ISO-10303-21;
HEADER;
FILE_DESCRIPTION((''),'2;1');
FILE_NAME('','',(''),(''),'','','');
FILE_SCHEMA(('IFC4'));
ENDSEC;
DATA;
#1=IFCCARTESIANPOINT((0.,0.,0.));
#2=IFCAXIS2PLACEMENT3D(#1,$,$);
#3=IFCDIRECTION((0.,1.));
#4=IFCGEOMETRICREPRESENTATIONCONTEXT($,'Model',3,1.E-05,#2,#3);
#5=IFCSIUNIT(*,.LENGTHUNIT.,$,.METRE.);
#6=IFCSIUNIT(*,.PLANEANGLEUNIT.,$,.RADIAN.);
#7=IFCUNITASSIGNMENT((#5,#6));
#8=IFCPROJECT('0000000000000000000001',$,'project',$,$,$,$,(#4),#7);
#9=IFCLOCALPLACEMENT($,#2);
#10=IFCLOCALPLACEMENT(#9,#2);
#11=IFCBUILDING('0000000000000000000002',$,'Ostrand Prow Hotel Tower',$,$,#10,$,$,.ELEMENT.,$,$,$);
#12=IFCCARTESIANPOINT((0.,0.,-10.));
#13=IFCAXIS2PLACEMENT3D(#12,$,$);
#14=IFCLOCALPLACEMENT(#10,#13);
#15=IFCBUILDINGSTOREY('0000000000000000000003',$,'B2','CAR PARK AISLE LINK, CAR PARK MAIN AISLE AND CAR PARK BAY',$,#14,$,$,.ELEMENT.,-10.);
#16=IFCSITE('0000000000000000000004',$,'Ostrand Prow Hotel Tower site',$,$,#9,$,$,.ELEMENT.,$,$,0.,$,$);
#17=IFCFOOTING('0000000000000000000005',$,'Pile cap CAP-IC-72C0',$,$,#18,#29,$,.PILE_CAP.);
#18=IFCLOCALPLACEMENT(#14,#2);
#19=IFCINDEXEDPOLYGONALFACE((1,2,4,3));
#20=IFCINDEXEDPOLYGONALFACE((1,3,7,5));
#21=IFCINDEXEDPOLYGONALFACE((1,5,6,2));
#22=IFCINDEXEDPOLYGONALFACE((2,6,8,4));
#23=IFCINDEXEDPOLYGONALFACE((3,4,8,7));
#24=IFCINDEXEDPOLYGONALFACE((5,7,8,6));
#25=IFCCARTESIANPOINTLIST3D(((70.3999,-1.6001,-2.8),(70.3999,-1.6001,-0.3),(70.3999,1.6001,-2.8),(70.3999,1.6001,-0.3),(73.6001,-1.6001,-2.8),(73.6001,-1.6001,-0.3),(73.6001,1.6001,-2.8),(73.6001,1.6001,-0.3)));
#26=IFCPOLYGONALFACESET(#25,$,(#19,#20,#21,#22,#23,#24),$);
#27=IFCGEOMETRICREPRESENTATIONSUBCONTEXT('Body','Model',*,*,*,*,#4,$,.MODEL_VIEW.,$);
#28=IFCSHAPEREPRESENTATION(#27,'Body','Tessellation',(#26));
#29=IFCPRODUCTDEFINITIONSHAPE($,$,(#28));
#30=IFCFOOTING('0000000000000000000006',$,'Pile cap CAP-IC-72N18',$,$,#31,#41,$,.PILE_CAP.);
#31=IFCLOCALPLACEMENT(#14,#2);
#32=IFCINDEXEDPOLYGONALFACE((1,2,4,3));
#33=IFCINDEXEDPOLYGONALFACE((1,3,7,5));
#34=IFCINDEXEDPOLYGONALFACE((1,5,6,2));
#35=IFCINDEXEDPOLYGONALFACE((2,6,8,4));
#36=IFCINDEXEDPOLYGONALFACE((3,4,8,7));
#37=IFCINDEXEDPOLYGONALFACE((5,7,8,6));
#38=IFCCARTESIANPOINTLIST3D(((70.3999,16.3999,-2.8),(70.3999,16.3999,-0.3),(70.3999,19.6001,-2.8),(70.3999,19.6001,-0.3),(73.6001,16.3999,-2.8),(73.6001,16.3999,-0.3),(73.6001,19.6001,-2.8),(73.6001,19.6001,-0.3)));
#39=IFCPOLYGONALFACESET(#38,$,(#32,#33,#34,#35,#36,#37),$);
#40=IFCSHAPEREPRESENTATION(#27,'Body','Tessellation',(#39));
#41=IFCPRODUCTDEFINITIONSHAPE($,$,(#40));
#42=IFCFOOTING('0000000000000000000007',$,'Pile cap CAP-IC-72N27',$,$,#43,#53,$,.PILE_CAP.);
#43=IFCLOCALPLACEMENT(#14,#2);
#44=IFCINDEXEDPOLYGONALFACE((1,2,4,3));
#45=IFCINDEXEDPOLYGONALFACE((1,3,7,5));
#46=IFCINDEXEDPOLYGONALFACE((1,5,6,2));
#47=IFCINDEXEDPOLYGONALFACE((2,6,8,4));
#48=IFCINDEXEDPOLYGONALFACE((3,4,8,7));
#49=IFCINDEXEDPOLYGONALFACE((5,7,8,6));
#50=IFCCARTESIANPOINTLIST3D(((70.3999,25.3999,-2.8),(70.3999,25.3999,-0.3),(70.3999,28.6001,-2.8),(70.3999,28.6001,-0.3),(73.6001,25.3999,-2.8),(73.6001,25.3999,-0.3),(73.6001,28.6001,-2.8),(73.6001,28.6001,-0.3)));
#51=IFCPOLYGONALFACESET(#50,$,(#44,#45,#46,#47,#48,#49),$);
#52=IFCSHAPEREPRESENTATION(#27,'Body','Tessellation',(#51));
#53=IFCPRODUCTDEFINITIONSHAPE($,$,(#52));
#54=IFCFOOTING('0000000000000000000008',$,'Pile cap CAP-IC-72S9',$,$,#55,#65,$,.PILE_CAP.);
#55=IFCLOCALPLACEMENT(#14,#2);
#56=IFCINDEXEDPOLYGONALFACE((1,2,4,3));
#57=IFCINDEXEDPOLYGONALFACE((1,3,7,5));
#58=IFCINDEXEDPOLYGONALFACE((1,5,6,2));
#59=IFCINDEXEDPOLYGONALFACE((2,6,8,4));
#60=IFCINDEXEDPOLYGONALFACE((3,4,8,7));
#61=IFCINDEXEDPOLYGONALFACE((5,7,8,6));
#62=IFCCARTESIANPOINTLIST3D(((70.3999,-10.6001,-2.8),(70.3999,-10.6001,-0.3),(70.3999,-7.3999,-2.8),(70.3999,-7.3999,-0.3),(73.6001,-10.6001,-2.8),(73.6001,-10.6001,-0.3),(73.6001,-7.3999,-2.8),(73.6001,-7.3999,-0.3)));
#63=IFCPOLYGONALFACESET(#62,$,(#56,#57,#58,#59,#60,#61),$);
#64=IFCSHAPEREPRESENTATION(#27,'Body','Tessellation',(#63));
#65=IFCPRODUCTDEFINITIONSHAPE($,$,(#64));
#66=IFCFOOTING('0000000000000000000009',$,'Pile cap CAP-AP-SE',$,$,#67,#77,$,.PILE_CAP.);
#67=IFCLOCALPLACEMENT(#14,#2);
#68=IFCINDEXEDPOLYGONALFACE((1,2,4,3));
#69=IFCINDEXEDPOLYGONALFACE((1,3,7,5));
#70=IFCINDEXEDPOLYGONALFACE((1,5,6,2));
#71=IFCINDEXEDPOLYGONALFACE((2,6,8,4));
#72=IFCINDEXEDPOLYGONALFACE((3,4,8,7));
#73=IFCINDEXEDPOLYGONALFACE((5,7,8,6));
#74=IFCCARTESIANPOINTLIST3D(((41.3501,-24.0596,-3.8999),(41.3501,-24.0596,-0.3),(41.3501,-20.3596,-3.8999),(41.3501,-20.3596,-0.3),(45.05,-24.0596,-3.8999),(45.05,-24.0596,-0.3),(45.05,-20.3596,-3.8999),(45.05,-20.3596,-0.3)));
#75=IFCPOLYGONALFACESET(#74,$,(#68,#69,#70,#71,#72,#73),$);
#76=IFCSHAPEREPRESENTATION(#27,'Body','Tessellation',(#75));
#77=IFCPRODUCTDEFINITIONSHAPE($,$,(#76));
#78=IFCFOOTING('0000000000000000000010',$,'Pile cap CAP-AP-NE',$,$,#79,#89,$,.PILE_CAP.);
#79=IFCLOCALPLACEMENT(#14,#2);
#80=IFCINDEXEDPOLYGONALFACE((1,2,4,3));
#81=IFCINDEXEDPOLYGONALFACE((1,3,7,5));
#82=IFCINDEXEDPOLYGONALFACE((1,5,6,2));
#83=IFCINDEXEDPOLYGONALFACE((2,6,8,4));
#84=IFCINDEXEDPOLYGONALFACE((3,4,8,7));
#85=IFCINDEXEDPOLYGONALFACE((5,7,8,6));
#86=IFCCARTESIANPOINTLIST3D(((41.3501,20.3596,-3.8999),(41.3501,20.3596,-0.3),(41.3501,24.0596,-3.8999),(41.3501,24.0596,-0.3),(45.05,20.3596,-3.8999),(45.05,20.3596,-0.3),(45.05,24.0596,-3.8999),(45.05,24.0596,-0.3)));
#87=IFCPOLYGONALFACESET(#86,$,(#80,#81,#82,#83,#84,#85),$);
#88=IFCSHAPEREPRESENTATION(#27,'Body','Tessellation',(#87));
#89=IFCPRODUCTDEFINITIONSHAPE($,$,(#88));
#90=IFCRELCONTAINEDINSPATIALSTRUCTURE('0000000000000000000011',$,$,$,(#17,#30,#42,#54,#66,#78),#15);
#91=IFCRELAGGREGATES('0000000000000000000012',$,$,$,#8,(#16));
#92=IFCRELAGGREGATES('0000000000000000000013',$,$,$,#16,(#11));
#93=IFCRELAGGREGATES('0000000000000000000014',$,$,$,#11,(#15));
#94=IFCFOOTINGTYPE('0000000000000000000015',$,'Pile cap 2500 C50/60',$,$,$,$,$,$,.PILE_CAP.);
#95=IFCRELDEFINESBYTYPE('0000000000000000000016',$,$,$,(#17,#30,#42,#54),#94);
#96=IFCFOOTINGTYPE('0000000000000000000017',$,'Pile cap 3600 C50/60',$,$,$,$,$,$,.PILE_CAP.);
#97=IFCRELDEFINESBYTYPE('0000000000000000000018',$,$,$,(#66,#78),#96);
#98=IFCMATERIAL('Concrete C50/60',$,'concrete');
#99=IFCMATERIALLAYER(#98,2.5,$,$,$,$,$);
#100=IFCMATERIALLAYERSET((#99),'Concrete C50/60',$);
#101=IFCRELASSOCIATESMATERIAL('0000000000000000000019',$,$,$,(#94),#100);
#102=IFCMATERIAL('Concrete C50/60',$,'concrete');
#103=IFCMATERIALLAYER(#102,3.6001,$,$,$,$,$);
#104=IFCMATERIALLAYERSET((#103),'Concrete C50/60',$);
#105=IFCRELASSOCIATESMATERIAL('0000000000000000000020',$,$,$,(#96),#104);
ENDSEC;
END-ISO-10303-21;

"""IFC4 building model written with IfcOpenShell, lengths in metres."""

from ifc_helpers import new_model, si_unit, direction, frame, origin, place, context, subcontext, project, spatial, polyline, outline, extrude, material, layer, layer_set, type_object, element, save


model = new_model("IFC4")

# Units and contexts
model_context = context("Model", 3, precision=1e-05, world=origin(), true_north=direction((0.0, 1.0)))
body_context = subcontext(model_context, "Body", "Model", "MODEL_VIEW")
ifc_project = project(units=[si_unit("LENGTHUNIT", "METRE"), si_unit("PLANEANGLEUNIT", "RADIAN")], contexts=[model_context])

# Site, building, storey
site_placement = place(None, origin())
site = spatial("IfcSite", under=ifc_project, at=site_placement, Name="Ostrand Prow Hotel Tower site", CompositionType="ELEMENT", RefElevation=0.0)
building_placement = place(site_placement, origin())
building = spatial("IfcBuilding", under=site, at=building_placement, Name="Ostrand Prow Hotel Tower", CompositionType="ELEMENT")
storey_placement = place(building_placement, frame((0.0, 0.0, -10.0)))
storey = spatial("IfcBuildingStorey", under=building, at=storey_placement, Name="B2", Description="CAR PARK AISLE LINK, CAR PARK MAIN AISLE AND CAR PARK BAY", CompositionType="ELEMENT", Elevation=-10.0)

# Footings
ifc_material_1 = material(Name="Concrete C50/60", Category="concrete")
ifc_layer_1 = layer(ifc_material_1, 2.5)
ifc_layer_set_1 = layer_set([ifc_layer_1], Name="Concrete C50/60")
footing_type_1 = type_object("IfcFootingType", Name="Pile cap 2500 C50/60", PredefinedType="PILE_CAP", material=ifc_layer_set_1)
footing_1_placement = place(storey_placement, frame((0.0, 0.0, -2.8)))
element("IfcFooting", 1, at=footing_1_placement, inside=storey, type_object=footing_type_1, Name="Pile cap CAP-IC-72C0", PredefinedType="PILE_CAP", context=body_context, shape_type="SweptSolid", body=[
    extrude(outline(polyline([(73.6001, -1.6001), (73.6001, 1.6001), (70.3999, 1.6001), (70.3999, -1.6001), (73.6001, -1.6001)])), origin(), (0.0, 0.0, 1.0), 2.5),
])
footing_2_placement = place(storey_placement, frame((0.0, 0.0, -2.8)))
element("IfcFooting", 2, at=footing_2_placement, inside=storey, type_object=footing_type_1, Name="Pile cap CAP-IC-72N18", PredefinedType="PILE_CAP", context=body_context, shape_type="SweptSolid", body=[
    extrude(outline(polyline([(73.6001, 16.3999), (73.6001, 19.6001), (70.3999, 19.6001), (70.3999, 16.3999), (73.6001, 16.3999)])), origin(), (0.0, 0.0, 1.0), 2.5),
])
footing_3_placement = place(storey_placement, frame((0.0, 0.0, -2.8)))
element("IfcFooting", 3, at=footing_3_placement, inside=storey, type_object=footing_type_1, Name="Pile cap CAP-IC-72N27", PredefinedType="PILE_CAP", context=body_context, shape_type="SweptSolid", body=[
    extrude(outline(polyline([(73.6001, 25.3999), (73.6001, 28.6001), (70.3999, 28.6001), (70.3999, 25.3999), (73.6001, 25.3999)])), origin(), (0.0, 0.0, 1.0), 2.5),
])
footing_4_placement = place(storey_placement, frame((0.0, 0.0, -2.8)))
element("IfcFooting", 4, at=footing_4_placement, inside=storey, type_object=footing_type_1, Name="Pile cap CAP-IC-72S9", PredefinedType="PILE_CAP", context=body_context, shape_type="SweptSolid", body=[
    extrude(outline(polyline([(73.6001, -10.6001), (73.6001, -7.3999), (70.3999, -7.3999), (70.3999, -10.6001), (73.6001, -10.6001)])), origin(), (0.0, 0.0, 1.0), 2.5),
])
ifc_material_2 = material(Name="Concrete C50/60", Category="concrete")
ifc_layer_2 = layer(ifc_material_2, 3.6001)
ifc_layer_set_2 = layer_set([ifc_layer_2], Name="Concrete C50/60")
footing_type_2 = type_object("IfcFootingType", Name="Pile cap 3600 C50/60", PredefinedType="PILE_CAP", material=ifc_layer_set_2)
footing_5_placement = place(storey_placement, frame((0.0, 0.0, -3.8999)))
element("IfcFooting", 5, at=footing_5_placement, inside=storey, type_object=footing_type_2, Name="Pile cap CAP-AP-SE", PredefinedType="PILE_CAP", context=body_context, shape_type="SweptSolid", body=[
    extrude(outline(polyline([(45.05, -24.0596), (45.05, -20.3596), (41.3501, -20.3596), (41.3501, -24.0596), (45.05, -24.0596)])), origin(), (0.0, 0.0, 1.0), 3.5999),
])
footing_6_placement = place(storey_placement, frame((0.0, 0.0, -3.8999)))
element("IfcFooting", 6, at=footing_6_placement, inside=storey, type_object=footing_type_2, Name="Pile cap CAP-AP-NE", PredefinedType="PILE_CAP", context=body_context, shape_type="SweptSolid", body=[
    extrude(outline(polyline([(45.05, 20.3596), (45.05, 24.0596), (41.3501, 24.0596), (41.3501, 20.3596), (45.05, 20.3596)])), origin(), (0.0, 0.0, 1.0), 3.5999),
])

save(model, "model.ifc")
